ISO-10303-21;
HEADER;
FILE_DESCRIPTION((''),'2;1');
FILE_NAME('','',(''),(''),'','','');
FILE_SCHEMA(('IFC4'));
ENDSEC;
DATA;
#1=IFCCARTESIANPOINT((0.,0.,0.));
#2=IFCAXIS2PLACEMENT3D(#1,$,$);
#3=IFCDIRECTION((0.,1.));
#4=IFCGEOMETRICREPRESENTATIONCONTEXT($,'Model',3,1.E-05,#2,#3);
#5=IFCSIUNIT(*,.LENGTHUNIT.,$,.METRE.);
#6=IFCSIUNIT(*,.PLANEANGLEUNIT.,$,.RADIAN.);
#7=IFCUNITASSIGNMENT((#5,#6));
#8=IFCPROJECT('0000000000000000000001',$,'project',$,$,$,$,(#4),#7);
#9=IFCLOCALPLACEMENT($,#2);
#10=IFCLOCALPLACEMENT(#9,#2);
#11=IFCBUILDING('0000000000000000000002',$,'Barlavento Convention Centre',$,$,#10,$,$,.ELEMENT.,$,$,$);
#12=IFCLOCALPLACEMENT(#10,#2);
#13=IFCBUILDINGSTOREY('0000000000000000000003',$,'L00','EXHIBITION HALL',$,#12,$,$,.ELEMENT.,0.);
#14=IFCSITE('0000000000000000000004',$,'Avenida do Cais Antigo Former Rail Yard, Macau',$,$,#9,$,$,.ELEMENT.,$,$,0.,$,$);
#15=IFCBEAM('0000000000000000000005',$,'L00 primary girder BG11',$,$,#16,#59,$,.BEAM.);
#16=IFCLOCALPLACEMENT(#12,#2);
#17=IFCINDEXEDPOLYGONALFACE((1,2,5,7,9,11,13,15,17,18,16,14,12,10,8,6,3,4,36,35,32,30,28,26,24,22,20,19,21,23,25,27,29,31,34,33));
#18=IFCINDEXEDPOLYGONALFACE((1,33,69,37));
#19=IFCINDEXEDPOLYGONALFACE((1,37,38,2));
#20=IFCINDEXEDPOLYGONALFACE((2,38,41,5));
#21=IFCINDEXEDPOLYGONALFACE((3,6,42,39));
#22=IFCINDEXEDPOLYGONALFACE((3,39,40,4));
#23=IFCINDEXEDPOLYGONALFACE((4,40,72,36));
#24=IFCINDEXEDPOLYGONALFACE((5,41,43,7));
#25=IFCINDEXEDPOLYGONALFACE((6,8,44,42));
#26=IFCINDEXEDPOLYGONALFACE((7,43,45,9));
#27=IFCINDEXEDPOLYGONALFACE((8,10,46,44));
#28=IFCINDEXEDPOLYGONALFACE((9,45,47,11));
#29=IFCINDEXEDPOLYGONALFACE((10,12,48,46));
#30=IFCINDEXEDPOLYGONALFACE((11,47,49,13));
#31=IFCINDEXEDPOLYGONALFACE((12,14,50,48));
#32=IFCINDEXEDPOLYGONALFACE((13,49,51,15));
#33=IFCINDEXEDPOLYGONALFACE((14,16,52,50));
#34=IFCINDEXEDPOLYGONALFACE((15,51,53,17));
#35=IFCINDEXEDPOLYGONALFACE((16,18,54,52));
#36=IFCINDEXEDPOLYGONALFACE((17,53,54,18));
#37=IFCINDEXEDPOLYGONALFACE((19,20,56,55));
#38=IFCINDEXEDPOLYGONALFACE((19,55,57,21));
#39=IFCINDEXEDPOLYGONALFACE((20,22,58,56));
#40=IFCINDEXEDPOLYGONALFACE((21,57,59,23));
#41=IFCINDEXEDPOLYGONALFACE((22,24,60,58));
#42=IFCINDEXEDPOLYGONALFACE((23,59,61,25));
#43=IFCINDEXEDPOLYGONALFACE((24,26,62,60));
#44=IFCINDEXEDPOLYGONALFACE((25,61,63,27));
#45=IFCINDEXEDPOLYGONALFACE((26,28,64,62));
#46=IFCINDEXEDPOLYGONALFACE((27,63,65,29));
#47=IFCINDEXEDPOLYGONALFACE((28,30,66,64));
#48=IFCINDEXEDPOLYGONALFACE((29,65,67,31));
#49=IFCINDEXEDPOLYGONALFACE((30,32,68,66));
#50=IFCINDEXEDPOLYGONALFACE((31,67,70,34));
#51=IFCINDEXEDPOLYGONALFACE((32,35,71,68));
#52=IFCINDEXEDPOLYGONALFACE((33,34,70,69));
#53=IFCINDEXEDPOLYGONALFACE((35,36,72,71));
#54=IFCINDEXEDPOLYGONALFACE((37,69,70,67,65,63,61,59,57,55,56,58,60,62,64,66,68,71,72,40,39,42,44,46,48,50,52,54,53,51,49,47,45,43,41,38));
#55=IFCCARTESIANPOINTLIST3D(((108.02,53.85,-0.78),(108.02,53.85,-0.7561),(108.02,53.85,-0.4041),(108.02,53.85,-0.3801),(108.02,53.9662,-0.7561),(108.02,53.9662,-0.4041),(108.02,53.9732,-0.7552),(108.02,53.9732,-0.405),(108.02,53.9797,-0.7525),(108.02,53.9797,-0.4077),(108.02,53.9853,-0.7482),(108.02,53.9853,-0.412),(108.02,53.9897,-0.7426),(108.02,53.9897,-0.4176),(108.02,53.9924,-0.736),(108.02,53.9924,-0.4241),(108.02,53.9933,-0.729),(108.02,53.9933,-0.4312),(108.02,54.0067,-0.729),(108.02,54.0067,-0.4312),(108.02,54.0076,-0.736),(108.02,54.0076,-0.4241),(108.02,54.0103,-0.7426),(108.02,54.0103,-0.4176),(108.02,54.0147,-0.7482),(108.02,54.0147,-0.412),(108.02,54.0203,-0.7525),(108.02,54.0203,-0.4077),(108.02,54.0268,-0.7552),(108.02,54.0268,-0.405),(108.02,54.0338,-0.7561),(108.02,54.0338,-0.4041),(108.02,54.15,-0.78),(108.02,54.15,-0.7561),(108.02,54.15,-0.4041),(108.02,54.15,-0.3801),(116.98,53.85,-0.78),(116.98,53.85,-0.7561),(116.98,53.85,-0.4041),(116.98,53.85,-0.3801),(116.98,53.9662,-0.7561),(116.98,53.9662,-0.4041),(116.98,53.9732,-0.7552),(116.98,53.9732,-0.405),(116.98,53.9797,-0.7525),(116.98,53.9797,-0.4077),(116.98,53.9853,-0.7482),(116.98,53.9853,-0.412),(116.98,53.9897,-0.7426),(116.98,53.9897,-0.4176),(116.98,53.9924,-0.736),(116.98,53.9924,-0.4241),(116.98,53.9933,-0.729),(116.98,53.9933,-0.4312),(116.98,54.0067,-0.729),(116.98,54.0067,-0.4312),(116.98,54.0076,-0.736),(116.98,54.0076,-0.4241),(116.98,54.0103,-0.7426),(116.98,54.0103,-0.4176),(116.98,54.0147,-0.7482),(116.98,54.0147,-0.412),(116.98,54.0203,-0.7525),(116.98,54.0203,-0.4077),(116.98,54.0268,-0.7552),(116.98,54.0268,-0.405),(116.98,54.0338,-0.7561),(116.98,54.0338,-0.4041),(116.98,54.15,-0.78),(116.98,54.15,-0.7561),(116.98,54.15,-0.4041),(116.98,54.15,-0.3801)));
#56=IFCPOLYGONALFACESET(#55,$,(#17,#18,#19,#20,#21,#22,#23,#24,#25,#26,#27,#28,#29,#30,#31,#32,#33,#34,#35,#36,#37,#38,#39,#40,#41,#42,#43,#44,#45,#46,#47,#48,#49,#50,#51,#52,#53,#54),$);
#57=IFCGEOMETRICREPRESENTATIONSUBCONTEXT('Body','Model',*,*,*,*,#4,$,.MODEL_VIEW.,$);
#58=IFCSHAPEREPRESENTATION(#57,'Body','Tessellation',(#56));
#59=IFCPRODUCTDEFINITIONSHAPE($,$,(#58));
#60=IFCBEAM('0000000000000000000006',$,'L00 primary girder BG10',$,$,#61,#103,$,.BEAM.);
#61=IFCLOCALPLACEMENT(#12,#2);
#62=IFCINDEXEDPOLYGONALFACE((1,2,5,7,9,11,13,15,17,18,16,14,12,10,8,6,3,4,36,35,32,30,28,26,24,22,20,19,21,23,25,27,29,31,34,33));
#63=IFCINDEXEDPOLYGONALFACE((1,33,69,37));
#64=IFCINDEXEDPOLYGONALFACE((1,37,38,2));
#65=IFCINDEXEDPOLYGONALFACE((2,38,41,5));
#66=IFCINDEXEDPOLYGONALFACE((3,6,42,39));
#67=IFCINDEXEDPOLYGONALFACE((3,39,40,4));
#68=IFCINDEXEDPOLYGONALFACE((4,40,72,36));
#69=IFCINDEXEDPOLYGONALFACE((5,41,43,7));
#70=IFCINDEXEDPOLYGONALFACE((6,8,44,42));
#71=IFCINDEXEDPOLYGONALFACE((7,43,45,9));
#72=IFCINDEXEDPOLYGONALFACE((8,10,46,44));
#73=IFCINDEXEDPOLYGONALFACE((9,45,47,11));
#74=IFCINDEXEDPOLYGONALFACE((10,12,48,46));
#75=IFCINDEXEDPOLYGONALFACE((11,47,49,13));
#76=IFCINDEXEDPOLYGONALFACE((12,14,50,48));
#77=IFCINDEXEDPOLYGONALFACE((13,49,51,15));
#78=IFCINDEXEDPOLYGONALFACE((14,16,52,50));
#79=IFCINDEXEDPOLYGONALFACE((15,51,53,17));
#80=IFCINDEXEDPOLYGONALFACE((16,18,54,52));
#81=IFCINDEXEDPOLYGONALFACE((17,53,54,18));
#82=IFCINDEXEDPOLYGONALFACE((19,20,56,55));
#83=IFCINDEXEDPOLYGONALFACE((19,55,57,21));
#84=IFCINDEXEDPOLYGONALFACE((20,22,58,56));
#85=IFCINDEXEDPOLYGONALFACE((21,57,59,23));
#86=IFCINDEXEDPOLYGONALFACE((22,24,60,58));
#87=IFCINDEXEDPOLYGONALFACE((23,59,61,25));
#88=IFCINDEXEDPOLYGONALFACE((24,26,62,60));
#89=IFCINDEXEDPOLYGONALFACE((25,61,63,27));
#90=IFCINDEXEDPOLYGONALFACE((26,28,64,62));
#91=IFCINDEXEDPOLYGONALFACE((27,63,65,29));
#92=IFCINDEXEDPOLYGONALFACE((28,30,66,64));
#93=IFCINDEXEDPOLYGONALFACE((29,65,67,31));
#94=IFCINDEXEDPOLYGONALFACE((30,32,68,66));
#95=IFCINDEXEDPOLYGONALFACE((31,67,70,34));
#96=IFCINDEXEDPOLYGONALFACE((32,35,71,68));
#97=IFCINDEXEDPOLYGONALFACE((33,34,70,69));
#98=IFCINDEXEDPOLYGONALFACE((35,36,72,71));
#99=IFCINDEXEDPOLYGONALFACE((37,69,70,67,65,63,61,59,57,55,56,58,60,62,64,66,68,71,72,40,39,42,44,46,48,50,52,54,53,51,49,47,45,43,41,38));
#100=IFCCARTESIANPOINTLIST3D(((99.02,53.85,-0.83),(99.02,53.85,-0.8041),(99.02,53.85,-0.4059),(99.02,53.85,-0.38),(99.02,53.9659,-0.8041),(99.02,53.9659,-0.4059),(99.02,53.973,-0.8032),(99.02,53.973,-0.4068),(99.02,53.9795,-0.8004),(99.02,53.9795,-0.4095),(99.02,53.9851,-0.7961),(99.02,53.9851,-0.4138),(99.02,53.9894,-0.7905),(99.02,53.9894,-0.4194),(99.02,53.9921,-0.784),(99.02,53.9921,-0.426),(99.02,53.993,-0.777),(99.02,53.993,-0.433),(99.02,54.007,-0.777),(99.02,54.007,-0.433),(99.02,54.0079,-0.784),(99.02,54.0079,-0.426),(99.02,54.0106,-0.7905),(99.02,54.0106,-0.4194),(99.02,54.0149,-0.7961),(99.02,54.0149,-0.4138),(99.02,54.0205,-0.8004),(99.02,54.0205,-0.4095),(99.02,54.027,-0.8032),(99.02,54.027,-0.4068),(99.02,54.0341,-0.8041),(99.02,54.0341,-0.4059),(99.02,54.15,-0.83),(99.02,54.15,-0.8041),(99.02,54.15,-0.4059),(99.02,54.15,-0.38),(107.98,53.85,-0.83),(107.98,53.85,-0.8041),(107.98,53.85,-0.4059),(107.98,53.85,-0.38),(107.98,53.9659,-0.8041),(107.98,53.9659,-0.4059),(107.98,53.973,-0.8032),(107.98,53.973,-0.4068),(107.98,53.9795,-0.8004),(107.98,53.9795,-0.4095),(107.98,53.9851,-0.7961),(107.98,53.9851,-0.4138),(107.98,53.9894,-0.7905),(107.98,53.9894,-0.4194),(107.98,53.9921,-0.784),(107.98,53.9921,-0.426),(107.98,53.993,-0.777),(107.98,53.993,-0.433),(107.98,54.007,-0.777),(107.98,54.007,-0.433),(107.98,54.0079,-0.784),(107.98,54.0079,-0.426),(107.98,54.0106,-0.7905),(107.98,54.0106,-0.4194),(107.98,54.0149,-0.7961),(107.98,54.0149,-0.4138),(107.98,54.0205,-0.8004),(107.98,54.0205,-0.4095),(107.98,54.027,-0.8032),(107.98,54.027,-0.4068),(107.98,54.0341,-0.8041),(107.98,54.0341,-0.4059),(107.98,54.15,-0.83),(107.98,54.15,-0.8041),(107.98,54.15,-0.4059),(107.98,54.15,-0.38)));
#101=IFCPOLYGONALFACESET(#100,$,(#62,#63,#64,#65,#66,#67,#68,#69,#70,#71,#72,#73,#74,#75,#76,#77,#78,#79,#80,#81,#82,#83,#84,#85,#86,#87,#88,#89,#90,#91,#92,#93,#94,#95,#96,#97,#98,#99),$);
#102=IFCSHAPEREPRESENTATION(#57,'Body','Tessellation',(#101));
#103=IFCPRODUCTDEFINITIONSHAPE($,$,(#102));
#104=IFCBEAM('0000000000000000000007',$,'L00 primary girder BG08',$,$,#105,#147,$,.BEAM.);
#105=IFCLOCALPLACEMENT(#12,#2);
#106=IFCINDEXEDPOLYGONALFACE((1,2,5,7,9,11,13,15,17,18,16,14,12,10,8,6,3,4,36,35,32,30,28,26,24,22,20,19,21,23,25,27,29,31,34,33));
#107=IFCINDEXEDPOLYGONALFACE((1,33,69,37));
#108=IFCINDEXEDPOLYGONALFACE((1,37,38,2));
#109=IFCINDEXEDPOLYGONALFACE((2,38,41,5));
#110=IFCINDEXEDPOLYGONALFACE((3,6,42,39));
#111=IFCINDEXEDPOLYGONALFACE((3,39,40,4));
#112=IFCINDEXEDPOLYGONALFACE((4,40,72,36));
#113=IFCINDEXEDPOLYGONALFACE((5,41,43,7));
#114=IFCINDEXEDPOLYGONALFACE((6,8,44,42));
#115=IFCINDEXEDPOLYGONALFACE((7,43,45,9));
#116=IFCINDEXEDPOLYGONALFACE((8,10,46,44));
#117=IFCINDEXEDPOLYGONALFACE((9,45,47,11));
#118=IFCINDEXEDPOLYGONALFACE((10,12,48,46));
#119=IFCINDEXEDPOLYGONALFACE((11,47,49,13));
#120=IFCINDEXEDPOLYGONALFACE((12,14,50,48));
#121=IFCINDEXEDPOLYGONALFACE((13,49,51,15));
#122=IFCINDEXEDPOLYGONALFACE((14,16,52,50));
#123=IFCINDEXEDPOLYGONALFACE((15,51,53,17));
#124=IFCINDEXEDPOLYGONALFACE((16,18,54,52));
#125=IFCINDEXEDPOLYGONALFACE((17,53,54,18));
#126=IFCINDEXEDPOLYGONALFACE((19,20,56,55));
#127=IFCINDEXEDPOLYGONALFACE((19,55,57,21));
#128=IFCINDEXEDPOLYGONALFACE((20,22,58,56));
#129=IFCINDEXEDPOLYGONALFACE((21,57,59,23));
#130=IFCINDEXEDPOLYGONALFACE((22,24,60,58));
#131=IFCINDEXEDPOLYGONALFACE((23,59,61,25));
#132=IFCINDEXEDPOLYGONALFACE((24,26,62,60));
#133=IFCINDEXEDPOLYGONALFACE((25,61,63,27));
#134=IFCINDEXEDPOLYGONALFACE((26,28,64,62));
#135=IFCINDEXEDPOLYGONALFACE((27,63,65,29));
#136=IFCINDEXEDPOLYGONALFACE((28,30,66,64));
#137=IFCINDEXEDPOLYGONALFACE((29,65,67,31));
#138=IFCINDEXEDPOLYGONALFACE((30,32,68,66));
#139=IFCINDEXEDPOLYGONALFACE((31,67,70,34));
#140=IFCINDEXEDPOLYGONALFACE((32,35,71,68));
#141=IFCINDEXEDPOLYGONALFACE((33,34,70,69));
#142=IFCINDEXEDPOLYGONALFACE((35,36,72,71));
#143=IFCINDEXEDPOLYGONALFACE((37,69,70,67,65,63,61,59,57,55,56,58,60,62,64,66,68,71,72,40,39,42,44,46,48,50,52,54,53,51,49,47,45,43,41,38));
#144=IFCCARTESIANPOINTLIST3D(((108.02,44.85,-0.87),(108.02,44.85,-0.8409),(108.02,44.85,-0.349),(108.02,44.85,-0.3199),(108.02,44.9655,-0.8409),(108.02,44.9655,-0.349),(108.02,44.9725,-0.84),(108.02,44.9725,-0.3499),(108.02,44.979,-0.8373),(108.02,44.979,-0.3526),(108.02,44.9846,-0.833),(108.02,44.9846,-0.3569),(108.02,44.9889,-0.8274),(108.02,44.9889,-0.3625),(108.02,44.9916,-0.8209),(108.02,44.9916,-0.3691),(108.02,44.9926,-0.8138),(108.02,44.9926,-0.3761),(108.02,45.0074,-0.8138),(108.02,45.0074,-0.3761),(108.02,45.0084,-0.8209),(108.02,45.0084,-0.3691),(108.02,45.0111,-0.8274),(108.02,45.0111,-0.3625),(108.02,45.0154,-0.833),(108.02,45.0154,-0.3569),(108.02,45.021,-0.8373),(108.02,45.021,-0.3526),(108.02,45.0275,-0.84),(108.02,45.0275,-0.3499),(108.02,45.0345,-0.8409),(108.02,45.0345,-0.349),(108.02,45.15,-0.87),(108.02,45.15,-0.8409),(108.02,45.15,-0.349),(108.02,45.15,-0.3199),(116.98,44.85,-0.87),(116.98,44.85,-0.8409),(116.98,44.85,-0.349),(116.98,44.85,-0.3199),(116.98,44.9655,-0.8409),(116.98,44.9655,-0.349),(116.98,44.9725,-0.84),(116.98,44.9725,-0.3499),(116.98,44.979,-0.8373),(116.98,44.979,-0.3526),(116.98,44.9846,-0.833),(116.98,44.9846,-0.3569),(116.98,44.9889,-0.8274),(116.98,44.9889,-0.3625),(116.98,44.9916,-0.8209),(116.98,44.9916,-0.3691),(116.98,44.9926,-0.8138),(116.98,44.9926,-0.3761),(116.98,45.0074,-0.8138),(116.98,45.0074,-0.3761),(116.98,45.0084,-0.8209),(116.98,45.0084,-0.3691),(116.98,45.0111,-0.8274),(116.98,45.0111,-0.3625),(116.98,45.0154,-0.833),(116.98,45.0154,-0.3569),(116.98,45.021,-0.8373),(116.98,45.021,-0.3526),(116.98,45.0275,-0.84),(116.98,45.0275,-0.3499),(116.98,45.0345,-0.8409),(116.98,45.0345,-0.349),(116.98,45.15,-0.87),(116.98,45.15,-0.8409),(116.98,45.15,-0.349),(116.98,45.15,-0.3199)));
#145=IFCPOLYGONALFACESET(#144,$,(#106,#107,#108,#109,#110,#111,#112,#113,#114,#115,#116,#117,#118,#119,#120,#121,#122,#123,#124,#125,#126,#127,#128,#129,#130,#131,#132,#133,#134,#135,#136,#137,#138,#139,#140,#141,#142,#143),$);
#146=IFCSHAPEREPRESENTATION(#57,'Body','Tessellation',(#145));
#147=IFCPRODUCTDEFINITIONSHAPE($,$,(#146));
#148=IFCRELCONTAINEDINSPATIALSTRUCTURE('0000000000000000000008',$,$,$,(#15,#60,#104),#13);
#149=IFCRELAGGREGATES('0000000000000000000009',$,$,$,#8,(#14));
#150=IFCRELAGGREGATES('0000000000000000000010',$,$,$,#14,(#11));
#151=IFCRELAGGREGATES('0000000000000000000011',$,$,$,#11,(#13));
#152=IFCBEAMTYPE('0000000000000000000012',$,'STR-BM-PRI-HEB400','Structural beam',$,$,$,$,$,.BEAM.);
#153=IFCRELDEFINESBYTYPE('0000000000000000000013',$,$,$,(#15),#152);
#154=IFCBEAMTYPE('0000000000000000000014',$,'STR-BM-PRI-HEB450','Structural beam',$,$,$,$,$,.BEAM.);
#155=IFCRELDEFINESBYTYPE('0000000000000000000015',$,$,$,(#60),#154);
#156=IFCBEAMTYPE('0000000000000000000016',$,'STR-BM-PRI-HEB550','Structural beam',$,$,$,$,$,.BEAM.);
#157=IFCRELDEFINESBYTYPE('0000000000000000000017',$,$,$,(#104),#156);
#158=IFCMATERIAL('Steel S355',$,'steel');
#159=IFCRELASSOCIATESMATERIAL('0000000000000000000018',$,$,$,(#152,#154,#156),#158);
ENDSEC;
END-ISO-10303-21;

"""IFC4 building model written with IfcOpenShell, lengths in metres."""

from ifc_helpers import new_model, si_unit, direction, frame, origin, origin_2d, place, context, subcontext, project, spatial, i_section, extrude, material, material_profile, profile_set, type_object, element, save


model = new_model("IFC4")

# Units and contexts
model_context = context("Model", 3, precision=1e-05, world=origin(), true_north=direction((0.0, 1.0)))
body_context = subcontext(model_context, "Body", "Model", "MODEL_VIEW")
ifc_project = project(units=[si_unit("LENGTHUNIT", "METRE"), si_unit("PLANEANGLEUNIT", "RADIAN")], contexts=[model_context])

# Site, building, storey
site_placement = place(None, origin())
site = spatial("IfcSite", under=ifc_project, at=site_placement, Name="Avenida do Cais Antigo Former Rail Yard, Macau", CompositionType="ELEMENT", RefElevation=0.0)
building_placement = place(site_placement, origin())
building = spatial("IfcBuilding", under=site, at=building_placement, Name="Barlavento Convention Centre", CompositionType="ELEMENT")
storey_placement = place(building_placement, origin())
storey = spatial("IfcBuildingStorey", under=building, at=storey_placement, Name="L00", Description="EXHIBITION HALL", CompositionType="ELEMENT", Elevation=0.0)

# Beams
ifc_material_1 = material(Name="Steel S355", Category="steel")
ifc_material_profile_1 = material_profile(ifc_material_1, i_section(OverallWidth=0.3, OverallDepth=0.3999, WebThickness=0.0134, FlangeThickness=0.0239, FilletRadius=0.0271, at=origin_2d()), Name="HEB 400")
ifc_profile_set_1 = profile_set([ifc_material_profile_1], Name="Steel S355")
beam_type_1 = type_object("IfcBeamType", Name="STR-BM-PRI-HEB400", Description="Structural beam", PredefinedType="BEAM", material=ifc_profile_set_1)
beam_1_placement = place(storey_placement, frame((108.02, 54.0, -0.5801), z_axis=(1.0, 0.0, 0.0), x_axis=(0.0, 1.0, 0.0)))
element("IfcBeam", 1, at=beam_1_placement, inside=storey, type_object=beam_type_1, Name="L00 primary girder BG11", PredefinedType="BEAM", context=body_context, shape_type="SweptSolid", body=[
    extrude(i_section(OverallWidth=0.3, OverallDepth=0.3999, WebThickness=0.0134, FlangeThickness=0.0239, FilletRadius=0.0271, at=origin_2d()), origin(), (0.0, 0.0, 1.0), 8.96),
])
ifc_material_profile_2 = material_profile(ifc_material_1, i_section(OverallWidth=0.3, OverallDepth=0.45, WebThickness=0.0139, FlangeThickness=0.0259, FilletRadius=0.0271, at=origin_2d()), Name="HEB 450")
ifc_profile_set_2 = profile_set([ifc_material_profile_2], Name="Steel S355")
beam_type_2 = type_object("IfcBeamType", Name="STR-BM-PRI-HEB450", Description="Structural beam", PredefinedType="BEAM", material=ifc_profile_set_2)
beam_2_placement = place(storey_placement, frame((99.02, 54.0, -0.605), z_axis=(1.0, 0.0, 0.0), x_axis=(0.0, 1.0, 0.0)))
element("IfcBeam", 2, at=beam_2_placement, inside=storey, type_object=beam_type_2, Name="L00 primary girder BG10", PredefinedType="BEAM", context=body_context, shape_type="SweptSolid", body=[
    extrude(i_section(OverallWidth=0.3, OverallDepth=0.45, WebThickness=0.0139, FlangeThickness=0.0259, FilletRadius=0.0271, at=origin_2d()), origin(), (0.0, 0.0, 1.0), 8.96),
])
ifc_material_profile_3 = material_profile(ifc_material_1, i_section(OverallWidth=0.3, OverallDepth=0.55, WebThickness=0.0149, FlangeThickness=0.0291, FilletRadius=0.0271, at=origin_2d()), Name="HEB 550")
ifc_profile_set_3 = profile_set([ifc_material_profile_3], Name="Steel S355")
beam_type_3 = type_object("IfcBeamType", Name="STR-BM-PRI-HEB550", Description="Structural beam", PredefinedType="BEAM", material=ifc_profile_set_3)
beam_3_placement = place(storey_placement, frame((108.02, 45.0, -0.595), z_axis=(1.0, 0.0, 0.0), x_axis=(0.0, 1.0, 0.0)))
element("IfcBeam", 3, at=beam_3_placement, inside=storey, type_object=beam_type_3, Name="L00 primary girder BG08", PredefinedType="BEAM", context=body_context, shape_type="SweptSolid", body=[
    extrude(i_section(OverallWidth=0.3, OverallDepth=0.55, WebThickness=0.0149, FlangeThickness=0.0291, FilletRadius=0.0271, at=origin_2d()), origin(), (0.0, 0.0, 1.0), 8.96),
])

save(model, "model.ifc")
